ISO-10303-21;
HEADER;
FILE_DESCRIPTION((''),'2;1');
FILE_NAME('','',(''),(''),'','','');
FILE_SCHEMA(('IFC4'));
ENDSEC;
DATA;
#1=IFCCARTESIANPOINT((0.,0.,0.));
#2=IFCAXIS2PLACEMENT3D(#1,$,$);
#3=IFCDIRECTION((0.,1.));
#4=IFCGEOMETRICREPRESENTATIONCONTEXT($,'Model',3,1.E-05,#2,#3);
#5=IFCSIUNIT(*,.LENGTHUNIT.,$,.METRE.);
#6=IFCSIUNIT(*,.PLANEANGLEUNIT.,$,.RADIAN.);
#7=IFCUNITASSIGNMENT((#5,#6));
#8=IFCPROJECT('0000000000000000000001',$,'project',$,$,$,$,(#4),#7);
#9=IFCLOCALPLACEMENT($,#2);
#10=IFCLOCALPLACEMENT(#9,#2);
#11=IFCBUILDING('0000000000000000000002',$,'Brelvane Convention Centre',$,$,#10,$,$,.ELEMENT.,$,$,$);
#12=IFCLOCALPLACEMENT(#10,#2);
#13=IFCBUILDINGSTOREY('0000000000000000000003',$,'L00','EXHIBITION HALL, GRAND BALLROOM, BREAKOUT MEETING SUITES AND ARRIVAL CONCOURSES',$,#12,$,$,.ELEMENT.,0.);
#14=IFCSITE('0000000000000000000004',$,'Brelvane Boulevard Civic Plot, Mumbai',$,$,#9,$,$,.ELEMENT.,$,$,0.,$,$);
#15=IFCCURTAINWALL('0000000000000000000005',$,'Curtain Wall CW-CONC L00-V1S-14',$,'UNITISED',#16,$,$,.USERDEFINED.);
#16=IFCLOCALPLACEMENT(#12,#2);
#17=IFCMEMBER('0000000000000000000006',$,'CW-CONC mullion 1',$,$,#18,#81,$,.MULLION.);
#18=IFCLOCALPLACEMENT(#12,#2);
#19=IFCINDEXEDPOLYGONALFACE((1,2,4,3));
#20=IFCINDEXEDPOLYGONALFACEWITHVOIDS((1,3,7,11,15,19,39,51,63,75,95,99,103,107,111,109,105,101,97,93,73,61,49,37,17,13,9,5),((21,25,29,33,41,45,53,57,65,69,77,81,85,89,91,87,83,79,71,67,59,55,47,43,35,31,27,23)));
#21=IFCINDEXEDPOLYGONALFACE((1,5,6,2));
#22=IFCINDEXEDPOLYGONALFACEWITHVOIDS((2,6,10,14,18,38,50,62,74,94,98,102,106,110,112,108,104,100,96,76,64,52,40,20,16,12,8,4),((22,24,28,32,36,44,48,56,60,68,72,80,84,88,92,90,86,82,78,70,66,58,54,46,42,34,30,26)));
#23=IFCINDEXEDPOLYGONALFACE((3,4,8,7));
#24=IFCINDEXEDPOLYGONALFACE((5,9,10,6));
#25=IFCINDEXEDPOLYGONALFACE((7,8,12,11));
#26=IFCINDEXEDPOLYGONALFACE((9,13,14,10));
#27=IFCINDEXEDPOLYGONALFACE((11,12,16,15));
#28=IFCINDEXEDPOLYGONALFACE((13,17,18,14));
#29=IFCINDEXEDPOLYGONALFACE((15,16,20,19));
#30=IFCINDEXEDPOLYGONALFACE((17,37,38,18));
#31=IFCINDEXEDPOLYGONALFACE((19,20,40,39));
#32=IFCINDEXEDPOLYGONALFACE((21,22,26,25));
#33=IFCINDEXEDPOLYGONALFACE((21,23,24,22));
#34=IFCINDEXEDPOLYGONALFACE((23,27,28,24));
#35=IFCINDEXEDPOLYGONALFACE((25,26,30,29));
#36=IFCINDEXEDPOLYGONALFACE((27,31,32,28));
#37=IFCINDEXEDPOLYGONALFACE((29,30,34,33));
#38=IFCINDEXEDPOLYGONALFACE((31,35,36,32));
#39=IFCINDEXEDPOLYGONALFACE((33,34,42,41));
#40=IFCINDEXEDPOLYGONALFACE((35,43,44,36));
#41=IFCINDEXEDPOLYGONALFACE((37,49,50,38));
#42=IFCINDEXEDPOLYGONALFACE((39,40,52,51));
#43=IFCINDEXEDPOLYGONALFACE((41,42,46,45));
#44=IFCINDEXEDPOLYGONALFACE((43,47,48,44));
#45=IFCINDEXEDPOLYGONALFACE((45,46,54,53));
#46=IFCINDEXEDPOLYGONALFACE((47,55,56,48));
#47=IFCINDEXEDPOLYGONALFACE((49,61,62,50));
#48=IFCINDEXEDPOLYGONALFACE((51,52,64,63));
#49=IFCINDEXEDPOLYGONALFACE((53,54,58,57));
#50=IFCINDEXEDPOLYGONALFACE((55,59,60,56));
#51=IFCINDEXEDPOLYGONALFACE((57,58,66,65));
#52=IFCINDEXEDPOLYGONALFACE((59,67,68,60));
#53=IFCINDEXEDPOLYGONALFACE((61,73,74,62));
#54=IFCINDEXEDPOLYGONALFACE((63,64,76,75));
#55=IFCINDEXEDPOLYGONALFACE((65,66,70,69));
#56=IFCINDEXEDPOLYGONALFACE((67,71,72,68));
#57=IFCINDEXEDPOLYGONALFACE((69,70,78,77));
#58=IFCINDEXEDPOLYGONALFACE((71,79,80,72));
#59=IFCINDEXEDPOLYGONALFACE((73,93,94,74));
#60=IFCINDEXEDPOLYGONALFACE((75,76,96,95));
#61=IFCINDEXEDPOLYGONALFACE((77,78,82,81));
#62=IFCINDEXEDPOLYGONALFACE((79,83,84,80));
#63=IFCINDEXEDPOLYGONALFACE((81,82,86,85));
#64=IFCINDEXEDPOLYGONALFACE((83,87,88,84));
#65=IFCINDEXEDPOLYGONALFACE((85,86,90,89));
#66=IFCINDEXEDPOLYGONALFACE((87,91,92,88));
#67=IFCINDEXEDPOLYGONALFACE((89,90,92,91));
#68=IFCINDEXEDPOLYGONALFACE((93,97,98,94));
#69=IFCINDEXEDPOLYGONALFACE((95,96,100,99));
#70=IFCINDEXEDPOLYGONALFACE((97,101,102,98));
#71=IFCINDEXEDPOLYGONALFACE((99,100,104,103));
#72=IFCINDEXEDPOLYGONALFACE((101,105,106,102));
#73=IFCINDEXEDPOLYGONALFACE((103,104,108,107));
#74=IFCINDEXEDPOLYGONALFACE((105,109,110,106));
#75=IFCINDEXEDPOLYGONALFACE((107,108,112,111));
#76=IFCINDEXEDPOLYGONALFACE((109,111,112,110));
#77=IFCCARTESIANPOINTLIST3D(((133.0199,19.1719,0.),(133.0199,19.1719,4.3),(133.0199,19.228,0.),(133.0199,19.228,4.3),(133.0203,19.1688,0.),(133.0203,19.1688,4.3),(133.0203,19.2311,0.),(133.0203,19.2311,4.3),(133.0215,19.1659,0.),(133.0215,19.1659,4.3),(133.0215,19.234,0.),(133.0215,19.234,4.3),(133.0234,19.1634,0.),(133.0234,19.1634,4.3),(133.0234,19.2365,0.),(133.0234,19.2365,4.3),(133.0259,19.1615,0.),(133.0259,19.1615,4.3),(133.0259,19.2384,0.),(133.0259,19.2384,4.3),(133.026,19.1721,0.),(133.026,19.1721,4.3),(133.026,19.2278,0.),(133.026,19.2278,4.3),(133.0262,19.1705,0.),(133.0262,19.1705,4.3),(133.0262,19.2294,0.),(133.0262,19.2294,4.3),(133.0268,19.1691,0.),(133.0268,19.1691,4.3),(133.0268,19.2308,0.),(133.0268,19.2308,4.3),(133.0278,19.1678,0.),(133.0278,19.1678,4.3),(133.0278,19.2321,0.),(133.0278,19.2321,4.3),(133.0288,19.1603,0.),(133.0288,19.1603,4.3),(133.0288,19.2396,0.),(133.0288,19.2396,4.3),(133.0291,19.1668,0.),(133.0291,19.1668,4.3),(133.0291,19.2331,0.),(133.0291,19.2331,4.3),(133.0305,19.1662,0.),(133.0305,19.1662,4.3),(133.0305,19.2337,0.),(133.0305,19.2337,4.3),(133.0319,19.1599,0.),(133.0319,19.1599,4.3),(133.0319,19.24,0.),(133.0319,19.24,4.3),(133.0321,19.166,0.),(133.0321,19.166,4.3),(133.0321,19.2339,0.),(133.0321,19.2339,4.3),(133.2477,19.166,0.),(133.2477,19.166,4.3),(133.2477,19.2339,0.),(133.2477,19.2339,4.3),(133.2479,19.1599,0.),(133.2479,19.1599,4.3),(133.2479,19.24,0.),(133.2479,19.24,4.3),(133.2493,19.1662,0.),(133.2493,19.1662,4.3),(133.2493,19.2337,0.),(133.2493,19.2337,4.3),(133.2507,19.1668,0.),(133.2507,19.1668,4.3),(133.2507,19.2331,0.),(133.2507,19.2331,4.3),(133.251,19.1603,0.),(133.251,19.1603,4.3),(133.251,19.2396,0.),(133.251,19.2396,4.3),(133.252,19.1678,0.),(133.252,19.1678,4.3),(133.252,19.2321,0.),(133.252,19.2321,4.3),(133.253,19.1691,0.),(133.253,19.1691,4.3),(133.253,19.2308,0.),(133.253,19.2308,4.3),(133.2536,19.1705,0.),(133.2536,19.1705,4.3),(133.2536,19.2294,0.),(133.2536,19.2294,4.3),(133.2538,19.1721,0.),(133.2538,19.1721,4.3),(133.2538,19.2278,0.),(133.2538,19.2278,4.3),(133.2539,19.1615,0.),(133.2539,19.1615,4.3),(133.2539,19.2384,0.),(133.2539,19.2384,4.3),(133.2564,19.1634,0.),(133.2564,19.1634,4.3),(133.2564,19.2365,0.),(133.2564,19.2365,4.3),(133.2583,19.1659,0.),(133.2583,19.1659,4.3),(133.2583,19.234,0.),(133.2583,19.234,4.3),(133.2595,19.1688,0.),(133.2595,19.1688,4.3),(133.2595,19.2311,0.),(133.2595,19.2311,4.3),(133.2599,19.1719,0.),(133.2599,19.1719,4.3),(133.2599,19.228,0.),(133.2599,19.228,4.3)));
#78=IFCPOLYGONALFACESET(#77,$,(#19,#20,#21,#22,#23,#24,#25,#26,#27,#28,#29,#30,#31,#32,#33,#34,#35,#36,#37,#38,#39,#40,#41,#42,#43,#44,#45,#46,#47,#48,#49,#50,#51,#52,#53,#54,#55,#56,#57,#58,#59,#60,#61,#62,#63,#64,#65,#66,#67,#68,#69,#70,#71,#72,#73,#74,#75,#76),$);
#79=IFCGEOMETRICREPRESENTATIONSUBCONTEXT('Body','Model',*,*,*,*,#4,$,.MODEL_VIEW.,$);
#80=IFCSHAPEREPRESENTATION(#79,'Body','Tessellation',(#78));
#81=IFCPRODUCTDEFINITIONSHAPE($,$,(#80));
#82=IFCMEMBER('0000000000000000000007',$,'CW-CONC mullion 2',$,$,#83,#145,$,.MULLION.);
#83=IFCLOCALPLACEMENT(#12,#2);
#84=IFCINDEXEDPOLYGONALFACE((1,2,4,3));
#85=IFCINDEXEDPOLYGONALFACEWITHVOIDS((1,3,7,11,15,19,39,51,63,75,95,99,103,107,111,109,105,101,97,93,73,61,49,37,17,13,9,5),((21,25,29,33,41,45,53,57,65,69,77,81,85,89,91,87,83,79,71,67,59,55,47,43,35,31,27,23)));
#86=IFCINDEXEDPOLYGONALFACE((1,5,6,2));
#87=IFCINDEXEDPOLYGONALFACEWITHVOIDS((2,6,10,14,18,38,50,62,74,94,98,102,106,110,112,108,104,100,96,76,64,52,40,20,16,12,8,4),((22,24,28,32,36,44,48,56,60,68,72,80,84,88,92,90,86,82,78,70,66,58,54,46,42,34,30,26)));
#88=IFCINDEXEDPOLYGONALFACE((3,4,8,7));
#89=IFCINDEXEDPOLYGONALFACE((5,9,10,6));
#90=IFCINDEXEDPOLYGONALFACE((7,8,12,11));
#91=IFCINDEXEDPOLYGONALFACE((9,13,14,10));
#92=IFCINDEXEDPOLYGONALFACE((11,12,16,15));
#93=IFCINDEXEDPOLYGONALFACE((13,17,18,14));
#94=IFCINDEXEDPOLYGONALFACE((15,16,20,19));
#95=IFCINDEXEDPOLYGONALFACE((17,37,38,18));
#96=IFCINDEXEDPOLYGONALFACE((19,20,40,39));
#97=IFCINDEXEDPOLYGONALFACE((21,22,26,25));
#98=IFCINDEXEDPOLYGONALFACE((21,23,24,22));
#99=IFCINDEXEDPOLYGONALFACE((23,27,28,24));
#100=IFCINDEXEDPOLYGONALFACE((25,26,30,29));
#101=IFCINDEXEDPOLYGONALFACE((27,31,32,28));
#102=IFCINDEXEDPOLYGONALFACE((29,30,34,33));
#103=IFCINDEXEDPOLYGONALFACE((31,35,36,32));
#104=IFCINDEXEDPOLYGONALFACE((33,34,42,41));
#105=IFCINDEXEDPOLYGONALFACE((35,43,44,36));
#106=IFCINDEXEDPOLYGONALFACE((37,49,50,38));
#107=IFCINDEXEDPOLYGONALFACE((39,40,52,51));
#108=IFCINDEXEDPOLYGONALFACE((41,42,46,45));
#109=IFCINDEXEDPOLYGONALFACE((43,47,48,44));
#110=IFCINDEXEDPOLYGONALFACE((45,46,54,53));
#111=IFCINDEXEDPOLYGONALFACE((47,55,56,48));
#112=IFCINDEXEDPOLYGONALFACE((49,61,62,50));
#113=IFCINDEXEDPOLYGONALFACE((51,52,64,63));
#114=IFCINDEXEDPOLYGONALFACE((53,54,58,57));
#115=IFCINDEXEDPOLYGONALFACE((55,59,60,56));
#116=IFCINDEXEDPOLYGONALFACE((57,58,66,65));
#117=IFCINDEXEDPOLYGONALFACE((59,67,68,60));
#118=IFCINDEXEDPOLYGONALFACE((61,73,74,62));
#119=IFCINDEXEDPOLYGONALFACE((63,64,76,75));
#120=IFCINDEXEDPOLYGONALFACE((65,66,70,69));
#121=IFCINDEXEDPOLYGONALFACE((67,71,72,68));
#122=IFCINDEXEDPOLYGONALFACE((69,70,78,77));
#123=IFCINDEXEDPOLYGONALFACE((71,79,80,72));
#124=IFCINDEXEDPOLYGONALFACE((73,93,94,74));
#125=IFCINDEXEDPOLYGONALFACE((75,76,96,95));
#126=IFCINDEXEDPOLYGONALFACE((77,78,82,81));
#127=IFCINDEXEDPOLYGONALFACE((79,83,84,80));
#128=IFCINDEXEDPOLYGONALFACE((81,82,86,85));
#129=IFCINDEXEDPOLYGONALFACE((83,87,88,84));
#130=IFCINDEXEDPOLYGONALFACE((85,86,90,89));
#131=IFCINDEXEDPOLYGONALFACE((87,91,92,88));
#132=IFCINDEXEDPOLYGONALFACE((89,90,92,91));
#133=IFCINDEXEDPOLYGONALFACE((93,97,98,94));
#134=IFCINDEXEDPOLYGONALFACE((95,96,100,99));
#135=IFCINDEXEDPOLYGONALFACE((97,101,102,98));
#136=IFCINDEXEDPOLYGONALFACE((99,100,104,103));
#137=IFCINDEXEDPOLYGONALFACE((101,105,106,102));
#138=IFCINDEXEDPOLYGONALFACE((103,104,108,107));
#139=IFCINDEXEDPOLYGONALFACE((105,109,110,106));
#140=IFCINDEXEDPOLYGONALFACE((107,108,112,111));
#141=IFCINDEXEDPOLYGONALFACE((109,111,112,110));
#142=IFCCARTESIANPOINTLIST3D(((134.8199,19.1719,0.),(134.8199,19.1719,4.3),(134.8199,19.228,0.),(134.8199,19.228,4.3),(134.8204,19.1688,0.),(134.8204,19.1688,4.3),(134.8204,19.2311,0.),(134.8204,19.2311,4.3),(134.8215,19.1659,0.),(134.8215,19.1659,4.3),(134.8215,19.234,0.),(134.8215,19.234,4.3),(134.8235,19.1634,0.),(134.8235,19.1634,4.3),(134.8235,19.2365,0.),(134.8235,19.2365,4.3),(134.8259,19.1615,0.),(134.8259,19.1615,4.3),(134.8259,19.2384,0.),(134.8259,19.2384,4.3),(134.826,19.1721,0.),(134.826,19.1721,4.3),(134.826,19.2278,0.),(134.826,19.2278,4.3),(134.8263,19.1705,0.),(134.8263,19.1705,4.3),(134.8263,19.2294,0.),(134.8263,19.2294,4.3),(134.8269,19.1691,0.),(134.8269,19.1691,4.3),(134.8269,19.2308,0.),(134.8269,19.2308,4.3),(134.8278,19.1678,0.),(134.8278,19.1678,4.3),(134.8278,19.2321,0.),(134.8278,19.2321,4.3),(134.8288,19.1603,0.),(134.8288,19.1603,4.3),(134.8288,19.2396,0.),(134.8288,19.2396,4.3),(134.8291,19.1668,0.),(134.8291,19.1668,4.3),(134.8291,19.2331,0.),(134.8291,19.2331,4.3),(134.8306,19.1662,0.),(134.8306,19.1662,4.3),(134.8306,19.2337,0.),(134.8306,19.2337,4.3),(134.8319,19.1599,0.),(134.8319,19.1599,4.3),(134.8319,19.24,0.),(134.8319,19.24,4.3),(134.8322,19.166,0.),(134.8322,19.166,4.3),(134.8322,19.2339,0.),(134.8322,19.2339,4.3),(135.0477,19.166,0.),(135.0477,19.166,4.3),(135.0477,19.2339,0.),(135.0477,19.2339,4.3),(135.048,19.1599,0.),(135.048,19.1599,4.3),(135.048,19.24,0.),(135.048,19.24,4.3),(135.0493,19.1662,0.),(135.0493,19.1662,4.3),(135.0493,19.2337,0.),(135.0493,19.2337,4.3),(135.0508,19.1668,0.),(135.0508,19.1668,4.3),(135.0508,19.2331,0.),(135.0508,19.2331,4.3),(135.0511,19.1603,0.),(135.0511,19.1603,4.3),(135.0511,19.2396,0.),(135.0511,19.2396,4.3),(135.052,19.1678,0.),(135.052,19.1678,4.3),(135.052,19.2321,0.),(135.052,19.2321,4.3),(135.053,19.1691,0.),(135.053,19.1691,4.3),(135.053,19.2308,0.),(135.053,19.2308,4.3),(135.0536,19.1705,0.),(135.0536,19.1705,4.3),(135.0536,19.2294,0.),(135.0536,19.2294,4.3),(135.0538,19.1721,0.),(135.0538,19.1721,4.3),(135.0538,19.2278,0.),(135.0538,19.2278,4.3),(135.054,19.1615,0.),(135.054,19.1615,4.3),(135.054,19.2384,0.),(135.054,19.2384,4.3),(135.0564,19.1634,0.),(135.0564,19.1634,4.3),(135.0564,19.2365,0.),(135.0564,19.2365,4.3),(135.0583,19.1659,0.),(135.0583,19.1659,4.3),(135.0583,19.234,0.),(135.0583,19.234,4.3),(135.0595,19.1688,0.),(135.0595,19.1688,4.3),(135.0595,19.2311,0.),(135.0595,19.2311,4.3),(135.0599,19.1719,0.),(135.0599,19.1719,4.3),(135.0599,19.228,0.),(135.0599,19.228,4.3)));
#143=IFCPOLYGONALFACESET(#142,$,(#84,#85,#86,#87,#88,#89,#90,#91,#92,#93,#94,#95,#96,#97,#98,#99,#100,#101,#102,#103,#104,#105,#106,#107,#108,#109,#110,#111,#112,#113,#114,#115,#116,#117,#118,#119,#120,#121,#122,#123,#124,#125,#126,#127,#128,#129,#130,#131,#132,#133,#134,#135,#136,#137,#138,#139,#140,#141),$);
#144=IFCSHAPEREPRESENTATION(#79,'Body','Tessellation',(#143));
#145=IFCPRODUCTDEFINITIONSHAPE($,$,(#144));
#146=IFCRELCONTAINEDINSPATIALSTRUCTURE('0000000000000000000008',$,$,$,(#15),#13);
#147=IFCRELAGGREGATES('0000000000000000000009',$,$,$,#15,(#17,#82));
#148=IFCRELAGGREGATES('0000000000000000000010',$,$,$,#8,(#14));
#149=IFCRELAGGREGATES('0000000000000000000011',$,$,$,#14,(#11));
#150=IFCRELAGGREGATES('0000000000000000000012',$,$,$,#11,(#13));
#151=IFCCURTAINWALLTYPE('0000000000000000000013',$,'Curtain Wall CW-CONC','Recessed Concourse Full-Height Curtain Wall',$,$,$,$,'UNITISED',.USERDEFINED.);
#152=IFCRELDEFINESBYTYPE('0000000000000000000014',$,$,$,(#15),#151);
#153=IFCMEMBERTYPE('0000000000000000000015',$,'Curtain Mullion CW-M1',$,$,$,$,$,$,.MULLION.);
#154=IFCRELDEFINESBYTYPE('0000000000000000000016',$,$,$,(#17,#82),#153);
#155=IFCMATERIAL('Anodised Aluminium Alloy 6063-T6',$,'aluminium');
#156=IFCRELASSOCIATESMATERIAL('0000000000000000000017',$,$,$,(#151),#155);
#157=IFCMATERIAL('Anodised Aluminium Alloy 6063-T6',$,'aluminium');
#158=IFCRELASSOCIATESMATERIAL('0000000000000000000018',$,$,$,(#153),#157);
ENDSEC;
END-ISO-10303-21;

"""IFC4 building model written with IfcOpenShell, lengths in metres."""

from ifc_helpers import new_model, si_unit, direction, frame, origin, origin_2d, place, context, subcontext, project, spatial, hollow_rectangle, extrude, material, material_profile, profile_set, type_object, element, aggregate, save


model = new_model("IFC4")

# Units and contexts
model_context = context("Model", 3, precision=1e-05, world=origin(), true_north=direction((0.0, 1.0)))
body_context = subcontext(model_context, "Body", "Model", "MODEL_VIEW")
ifc_project = project(units=[si_unit("LENGTHUNIT", "METRE"), si_unit("PLANEANGLEUNIT", "RADIAN")], contexts=[model_context])

# Site, building, storey
site_placement = place(None, origin())
site = spatial("IfcSite", under=ifc_project, at=site_placement, Name="Brelvane Boulevard Civic Plot, Mumbai", CompositionType="ELEMENT", RefElevation=0.0)
building_placement = place(site_placement, origin())
building = spatial("IfcBuilding", under=site, at=building_placement, Name="Brelvane Convention Centre", CompositionType="ELEMENT")
storey_placement = place(building_placement, origin())
storey = spatial("IfcBuildingStorey", under=building, at=storey_placement, Name="L00", Description="EXHIBITION HALL, GRAND BALLROOM, BREAKOUT MEETING SUITES AND ARRIVAL CONCOURSES", CompositionType="ELEMENT", Elevation=0.0)

# Curtain wall, members
ifc_material_1 = material(Name="Anodised Aluminium Alloy 6063-T6", Category="aluminium")
curtain_wall_type = type_object("IfcCurtainWallType", Name="Curtain Wall CW-CONC", Description="Recessed Concourse Full-Height Curtain Wall", ElementType="UNITISED", PredefinedType="USERDEFINED", material=ifc_material_1)
curtain_wall_placement = place(storey_placement, origin())
curtain_wall = element("IfcCurtainWall", 1, at=curtain_wall_placement, inside=storey, type_object=curtain_wall_type, Name="Curtain Wall CW-CONC L00-V1S-14", ObjectType="UNITISED", PredefinedType="USERDEFINED")
ifc_material_2 = material(Name="Anodised Aluminium Alloy 6063-T6", Category="aluminium")
ifc_material_profile_1 = material_profile(ifc_material_2, hollow_rectangle(XDim=0.0801, YDim=0.24, WallThickness=0.0061, InnerFilletRadius=0.0061, OuterFilletRadius=0.012, at=origin_2d()), Name="ALU-M 240x80x6.0")
ifc_profile_set_1 = profile_set([ifc_material_profile_1], Name="Anodised Aluminium Alloy 6063-T6")
member_type_1 = type_object("IfcMemberType", Name="Curtain Mullion CW-M1", PredefinedType="MULLION", material=ifc_profile_set_1)
member_1_placement = place(storey_placement, frame((133.1399, 19.2, 0.0), z_axis=(0.0, 0.0, 1.0), x_axis=(0.0, 1.0, 0.0)))
member_1 = element("IfcMember", 2, at=member_1_placement, type_object=member_type_1, Name="CW-CONC mullion 1", PredefinedType="MULLION", context=body_context, shape_type="SweptSolid", body=[
    extrude(hollow_rectangle(XDim=0.0801, YDim=0.24, WallThickness=0.0061, InnerFilletRadius=0.0061, OuterFilletRadius=0.012, at=origin_2d()), origin(), (0.0, 0.0, 1.0), 4.3),
])
member_2_placement = place(storey_placement, frame((134.9399, 19.2, 0.0), z_axis=(0.0, 0.0, 1.0), x_axis=(0.0, 1.0, 0.0)))
member_2 = element("IfcMember", 3, at=member_2_placement, type_object=member_type_1, Name="CW-CONC mullion 2", PredefinedType="MULLION", context=body_context, shape_type="SweptSolid", body=[
    extrude(hollow_rectangle(XDim=0.0801, YDim=0.24, WallThickness=0.0061, InnerFilletRadius=0.0061, OuterFilletRadius=0.012, at=origin_2d()), origin(), (0.0, 0.0, 1.0), 4.3),
])

aggregate(curtain_wall, [member_1, member_2])

save(model, "model.ifc")
